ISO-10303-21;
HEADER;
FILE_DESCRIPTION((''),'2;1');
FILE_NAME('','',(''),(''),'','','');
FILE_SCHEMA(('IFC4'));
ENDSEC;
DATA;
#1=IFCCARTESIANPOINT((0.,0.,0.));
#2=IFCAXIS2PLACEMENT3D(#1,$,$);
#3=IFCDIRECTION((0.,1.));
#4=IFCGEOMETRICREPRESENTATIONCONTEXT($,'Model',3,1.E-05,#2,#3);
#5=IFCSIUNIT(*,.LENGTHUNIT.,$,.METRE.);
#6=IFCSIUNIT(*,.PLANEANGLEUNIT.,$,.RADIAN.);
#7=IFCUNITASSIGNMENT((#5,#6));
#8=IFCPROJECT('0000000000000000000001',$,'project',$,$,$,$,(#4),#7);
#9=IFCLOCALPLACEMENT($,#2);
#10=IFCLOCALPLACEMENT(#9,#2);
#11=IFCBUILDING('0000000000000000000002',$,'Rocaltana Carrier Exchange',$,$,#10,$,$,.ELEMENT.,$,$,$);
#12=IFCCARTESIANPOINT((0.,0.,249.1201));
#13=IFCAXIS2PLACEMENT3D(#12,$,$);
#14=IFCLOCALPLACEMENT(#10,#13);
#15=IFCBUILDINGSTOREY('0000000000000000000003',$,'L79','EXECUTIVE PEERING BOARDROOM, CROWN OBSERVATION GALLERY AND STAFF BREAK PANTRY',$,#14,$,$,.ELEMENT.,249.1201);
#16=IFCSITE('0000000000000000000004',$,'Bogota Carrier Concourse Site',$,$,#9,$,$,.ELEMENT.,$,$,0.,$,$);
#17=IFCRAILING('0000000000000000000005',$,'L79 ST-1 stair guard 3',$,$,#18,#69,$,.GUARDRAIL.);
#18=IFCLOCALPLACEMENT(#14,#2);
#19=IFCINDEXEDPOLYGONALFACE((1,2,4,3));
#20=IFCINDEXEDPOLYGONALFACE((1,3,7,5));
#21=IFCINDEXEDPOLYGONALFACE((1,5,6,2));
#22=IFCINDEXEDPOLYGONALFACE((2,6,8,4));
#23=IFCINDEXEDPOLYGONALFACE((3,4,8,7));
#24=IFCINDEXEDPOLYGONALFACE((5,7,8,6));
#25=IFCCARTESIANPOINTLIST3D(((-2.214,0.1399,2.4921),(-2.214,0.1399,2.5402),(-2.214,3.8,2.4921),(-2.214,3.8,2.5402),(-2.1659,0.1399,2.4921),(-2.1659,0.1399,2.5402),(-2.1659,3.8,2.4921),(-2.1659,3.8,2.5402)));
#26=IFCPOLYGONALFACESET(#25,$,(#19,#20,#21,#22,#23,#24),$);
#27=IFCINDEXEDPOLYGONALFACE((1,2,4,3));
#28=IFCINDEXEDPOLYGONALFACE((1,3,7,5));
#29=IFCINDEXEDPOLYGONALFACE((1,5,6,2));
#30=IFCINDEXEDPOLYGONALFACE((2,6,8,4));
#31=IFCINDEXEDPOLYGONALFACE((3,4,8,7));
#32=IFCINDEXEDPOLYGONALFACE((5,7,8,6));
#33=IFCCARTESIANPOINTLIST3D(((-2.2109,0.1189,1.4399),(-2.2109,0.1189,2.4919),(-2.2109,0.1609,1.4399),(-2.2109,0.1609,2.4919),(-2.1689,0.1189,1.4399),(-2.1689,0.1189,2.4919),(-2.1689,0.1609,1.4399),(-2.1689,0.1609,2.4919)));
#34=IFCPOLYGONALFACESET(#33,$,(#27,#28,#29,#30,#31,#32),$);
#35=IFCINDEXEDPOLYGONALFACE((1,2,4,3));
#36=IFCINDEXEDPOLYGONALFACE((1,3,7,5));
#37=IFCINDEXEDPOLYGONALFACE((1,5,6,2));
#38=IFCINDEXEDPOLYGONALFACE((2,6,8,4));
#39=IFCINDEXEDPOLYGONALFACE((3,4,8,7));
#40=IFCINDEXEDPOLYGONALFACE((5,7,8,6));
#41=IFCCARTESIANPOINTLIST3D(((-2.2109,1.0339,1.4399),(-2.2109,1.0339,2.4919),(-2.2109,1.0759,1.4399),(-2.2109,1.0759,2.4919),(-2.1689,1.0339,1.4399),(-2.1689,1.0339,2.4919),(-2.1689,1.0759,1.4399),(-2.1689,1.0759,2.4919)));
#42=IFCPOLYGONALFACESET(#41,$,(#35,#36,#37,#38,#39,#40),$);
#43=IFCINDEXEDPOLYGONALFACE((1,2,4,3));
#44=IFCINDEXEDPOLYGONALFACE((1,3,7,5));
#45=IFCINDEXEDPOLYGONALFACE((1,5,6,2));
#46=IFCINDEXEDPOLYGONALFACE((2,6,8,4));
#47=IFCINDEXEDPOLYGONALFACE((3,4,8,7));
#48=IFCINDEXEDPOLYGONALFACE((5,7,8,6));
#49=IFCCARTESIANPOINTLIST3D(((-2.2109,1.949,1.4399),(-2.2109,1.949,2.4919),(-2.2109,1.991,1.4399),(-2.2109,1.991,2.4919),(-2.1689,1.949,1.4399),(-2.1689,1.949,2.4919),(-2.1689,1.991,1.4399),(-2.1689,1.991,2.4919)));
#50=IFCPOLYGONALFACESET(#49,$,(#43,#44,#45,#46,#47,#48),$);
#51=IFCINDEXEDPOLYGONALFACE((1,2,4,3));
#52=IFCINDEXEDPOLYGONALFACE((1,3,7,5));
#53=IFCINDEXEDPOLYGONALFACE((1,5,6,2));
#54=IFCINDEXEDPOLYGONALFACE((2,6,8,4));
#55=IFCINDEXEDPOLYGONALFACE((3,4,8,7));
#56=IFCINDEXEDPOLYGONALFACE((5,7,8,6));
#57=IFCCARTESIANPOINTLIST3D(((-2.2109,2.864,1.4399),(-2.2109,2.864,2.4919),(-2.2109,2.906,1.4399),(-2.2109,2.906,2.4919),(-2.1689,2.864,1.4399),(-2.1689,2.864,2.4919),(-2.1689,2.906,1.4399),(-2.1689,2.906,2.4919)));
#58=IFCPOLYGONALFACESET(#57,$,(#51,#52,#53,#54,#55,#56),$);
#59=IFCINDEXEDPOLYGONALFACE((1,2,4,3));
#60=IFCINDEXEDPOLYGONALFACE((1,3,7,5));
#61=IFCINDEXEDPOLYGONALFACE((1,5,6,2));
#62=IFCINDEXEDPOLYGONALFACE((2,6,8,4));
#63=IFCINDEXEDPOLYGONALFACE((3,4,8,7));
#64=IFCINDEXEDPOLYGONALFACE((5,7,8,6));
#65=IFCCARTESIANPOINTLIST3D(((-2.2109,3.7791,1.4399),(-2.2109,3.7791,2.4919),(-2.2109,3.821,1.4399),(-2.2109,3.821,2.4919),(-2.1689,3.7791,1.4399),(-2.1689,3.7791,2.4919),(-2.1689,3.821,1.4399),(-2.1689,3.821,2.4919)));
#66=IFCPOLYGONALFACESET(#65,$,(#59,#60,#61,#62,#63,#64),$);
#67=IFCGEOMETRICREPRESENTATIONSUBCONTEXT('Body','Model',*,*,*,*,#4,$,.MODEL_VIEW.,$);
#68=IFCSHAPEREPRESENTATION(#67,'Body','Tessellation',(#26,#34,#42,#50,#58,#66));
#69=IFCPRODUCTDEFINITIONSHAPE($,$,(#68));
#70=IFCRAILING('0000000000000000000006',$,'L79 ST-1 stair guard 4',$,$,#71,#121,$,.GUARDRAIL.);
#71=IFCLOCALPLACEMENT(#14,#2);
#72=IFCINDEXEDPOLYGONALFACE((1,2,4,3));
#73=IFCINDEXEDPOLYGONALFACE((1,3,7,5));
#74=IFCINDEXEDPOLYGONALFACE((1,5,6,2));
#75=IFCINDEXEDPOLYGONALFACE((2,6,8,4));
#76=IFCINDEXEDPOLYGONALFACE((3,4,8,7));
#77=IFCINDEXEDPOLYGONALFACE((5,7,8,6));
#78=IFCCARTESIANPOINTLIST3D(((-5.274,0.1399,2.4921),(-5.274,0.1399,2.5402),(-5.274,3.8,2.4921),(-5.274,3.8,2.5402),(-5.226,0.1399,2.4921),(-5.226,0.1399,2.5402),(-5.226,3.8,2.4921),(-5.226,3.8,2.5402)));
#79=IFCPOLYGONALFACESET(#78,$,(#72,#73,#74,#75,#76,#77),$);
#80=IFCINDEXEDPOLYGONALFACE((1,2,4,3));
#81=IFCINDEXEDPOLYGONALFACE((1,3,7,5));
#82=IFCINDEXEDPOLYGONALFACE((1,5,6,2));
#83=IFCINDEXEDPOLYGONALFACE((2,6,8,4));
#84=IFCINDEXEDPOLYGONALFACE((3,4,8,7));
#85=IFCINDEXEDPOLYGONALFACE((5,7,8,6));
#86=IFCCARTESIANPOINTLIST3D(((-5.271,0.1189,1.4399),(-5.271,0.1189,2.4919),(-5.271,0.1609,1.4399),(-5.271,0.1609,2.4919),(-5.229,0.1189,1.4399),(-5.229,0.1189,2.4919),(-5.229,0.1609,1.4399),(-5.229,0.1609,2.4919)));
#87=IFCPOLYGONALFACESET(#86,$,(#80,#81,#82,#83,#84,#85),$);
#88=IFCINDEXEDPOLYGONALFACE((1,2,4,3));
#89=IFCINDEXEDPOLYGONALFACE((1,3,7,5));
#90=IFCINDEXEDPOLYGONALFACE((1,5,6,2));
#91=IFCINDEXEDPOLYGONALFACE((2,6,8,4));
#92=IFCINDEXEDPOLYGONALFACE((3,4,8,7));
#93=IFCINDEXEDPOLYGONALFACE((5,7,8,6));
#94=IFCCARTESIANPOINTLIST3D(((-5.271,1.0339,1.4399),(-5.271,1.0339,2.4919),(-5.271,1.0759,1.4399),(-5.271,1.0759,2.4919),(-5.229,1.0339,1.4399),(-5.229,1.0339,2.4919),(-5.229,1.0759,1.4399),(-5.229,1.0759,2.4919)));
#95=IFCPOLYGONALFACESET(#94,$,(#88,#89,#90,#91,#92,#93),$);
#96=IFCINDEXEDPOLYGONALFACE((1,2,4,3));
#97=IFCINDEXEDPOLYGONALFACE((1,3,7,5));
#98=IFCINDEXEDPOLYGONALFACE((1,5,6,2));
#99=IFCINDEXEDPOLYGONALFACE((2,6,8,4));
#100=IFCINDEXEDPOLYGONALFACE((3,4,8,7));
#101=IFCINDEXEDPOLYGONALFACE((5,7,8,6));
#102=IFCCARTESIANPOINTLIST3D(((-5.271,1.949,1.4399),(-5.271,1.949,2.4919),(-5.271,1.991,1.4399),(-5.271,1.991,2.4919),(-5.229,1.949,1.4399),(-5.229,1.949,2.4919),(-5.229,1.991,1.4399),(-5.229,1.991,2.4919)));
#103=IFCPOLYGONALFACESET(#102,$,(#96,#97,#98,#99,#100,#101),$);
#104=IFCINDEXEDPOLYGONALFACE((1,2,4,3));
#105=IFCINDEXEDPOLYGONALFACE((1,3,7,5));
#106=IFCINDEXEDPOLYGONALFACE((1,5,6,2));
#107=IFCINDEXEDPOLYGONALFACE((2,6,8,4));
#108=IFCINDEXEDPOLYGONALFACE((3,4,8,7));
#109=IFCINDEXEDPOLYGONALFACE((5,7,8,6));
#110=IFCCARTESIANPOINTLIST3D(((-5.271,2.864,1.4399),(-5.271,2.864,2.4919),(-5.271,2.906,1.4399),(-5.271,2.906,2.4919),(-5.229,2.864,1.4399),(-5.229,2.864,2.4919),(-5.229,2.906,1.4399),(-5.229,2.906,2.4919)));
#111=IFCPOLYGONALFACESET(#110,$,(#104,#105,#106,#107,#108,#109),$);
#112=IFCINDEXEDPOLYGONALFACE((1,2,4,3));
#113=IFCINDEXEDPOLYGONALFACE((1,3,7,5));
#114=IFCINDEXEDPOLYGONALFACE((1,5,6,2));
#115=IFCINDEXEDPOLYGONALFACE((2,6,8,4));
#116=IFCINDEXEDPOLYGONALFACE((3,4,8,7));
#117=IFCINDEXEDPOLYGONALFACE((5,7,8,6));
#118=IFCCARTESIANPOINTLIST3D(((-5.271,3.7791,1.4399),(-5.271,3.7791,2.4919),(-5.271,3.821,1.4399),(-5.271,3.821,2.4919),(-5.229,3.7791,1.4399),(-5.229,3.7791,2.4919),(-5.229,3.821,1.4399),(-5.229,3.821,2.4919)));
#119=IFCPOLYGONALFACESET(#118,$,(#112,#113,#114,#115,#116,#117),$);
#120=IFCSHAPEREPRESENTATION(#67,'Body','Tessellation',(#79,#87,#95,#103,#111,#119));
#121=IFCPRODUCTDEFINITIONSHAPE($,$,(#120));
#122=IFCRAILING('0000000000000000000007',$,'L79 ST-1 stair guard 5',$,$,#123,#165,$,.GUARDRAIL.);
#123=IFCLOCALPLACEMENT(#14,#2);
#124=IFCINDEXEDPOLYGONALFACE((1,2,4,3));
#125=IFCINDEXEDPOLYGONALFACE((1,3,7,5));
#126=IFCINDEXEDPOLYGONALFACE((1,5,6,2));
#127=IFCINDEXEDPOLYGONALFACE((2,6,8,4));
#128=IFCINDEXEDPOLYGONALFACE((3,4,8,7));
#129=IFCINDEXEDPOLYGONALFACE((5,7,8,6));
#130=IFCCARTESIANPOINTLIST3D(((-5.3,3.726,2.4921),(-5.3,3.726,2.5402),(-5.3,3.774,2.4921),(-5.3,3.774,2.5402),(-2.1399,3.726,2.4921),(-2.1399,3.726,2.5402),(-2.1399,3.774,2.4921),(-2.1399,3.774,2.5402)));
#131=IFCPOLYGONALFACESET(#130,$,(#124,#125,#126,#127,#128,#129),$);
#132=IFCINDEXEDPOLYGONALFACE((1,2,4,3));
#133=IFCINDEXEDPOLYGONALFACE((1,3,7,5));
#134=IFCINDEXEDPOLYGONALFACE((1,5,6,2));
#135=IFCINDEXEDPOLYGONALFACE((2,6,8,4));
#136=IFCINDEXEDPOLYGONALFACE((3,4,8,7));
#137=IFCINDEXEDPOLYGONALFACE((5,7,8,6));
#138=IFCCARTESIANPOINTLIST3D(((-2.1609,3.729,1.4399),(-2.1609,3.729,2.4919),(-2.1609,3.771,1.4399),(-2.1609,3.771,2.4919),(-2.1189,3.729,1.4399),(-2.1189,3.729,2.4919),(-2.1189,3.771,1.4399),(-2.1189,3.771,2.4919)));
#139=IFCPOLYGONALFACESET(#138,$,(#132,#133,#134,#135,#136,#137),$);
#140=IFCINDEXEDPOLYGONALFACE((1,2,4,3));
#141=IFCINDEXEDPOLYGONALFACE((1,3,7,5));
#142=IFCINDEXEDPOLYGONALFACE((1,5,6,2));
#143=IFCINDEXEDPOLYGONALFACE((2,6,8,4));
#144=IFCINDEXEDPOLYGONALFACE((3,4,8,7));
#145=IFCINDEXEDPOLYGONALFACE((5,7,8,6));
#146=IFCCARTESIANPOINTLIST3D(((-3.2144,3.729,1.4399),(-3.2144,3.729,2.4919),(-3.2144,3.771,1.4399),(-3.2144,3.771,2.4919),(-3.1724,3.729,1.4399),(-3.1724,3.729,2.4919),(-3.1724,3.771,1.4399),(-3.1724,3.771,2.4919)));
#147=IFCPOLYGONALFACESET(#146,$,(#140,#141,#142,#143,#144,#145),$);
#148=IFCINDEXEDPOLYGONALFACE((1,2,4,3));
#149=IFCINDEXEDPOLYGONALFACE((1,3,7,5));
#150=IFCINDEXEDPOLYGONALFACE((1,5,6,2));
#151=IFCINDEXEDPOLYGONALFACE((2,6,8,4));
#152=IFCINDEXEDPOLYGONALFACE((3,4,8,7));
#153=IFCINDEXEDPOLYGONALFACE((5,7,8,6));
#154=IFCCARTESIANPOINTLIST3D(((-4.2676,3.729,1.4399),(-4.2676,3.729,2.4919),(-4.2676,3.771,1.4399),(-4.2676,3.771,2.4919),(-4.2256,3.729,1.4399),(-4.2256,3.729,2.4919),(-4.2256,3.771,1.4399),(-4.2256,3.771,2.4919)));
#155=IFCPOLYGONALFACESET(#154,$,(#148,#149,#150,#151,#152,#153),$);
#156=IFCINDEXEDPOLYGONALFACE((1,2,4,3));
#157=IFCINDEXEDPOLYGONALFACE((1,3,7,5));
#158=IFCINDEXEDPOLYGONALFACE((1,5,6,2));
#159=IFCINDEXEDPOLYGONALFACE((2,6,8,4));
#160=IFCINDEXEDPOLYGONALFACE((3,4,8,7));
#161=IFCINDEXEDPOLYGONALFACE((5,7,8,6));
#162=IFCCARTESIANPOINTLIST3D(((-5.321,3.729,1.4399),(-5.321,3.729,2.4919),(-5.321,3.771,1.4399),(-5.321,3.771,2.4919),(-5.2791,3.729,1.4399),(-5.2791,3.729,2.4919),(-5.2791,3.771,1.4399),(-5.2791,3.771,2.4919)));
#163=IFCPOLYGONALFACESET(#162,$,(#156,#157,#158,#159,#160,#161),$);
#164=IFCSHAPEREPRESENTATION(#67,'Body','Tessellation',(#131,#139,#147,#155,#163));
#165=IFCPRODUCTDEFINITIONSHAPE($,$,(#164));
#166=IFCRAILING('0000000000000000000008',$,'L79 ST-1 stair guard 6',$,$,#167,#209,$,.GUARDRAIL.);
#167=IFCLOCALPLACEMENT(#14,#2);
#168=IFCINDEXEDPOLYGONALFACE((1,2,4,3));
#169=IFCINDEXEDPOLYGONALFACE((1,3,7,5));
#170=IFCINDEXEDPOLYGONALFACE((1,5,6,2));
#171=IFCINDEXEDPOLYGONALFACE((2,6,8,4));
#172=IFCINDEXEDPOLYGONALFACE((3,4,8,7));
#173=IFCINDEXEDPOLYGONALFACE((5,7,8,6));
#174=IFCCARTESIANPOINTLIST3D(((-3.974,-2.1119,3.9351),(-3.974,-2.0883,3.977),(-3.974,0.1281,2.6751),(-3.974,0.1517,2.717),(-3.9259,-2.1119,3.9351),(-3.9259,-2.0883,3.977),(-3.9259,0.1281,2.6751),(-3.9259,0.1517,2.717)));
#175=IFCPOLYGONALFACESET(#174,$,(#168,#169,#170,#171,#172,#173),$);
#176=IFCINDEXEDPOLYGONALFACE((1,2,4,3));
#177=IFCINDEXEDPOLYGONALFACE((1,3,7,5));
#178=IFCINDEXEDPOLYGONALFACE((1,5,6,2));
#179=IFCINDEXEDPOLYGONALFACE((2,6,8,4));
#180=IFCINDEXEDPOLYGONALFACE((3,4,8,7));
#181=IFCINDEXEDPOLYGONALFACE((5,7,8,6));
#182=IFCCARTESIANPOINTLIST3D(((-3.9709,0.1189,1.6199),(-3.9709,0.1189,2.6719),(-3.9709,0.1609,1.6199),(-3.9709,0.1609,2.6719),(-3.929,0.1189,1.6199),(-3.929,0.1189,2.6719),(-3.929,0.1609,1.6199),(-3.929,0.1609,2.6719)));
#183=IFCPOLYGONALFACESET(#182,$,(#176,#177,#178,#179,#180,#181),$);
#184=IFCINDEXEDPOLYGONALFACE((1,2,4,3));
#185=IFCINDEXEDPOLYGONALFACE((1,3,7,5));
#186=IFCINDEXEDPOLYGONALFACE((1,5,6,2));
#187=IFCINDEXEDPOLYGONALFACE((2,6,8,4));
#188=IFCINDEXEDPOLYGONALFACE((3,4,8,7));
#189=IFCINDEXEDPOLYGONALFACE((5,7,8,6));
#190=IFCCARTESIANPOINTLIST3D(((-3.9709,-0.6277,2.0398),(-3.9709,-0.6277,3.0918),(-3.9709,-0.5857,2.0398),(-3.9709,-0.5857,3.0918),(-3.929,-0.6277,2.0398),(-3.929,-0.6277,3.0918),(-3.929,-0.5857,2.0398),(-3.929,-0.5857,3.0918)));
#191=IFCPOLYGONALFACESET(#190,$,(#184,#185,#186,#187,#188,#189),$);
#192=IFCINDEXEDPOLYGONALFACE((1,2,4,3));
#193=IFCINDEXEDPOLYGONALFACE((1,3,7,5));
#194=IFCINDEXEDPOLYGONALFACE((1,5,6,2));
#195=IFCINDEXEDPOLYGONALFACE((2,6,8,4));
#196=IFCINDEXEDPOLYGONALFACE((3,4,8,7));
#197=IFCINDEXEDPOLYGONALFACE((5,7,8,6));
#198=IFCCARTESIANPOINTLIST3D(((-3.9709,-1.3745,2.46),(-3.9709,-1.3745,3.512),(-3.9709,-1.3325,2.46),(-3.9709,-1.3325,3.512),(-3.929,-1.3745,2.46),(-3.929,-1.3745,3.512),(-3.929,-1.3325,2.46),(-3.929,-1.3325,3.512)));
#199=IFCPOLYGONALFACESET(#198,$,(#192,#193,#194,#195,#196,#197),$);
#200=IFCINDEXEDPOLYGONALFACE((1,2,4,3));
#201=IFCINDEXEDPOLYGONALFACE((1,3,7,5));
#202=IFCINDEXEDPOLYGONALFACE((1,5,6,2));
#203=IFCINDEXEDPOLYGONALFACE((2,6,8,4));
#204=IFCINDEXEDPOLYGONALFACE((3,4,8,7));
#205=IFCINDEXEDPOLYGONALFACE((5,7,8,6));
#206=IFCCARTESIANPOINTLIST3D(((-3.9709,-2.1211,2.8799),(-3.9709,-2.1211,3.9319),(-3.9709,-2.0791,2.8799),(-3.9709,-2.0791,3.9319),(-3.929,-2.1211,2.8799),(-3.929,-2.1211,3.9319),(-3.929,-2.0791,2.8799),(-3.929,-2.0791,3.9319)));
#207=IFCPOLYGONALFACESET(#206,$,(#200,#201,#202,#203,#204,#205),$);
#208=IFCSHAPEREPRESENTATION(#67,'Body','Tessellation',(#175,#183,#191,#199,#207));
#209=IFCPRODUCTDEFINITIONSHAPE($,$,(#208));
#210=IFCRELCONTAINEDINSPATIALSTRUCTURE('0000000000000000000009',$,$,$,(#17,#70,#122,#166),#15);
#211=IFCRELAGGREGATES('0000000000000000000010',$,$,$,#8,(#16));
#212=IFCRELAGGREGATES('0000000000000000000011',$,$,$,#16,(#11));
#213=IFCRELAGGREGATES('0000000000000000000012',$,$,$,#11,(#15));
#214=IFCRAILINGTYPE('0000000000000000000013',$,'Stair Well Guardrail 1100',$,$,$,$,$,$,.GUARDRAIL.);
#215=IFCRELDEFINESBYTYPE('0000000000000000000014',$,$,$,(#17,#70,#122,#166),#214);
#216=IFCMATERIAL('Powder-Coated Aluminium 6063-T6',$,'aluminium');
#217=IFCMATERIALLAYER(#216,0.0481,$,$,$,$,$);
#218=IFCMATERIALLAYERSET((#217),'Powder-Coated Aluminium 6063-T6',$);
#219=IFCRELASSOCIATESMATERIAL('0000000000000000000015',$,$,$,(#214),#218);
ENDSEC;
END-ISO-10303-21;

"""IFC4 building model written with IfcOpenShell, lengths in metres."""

from ifc_helpers import new_model, si_unit, direction, frame, origin, origin_2d, place, context, subcontext, project, spatial, rectangle, extrude, material, layer, layer_set, type_object, element, save


model = new_model("IFC4")

# Units and contexts
model_context = context("Model", 3, precision=1e-05, world=origin(), true_north=direction((0.0, 1.0)))
body_context = subcontext(model_context, "Body", "Model", "MODEL_VIEW")
ifc_project = project(units=[si_unit("LENGTHUNIT", "METRE"), si_unit("PLANEANGLEUNIT", "RADIAN")], contexts=[model_context])

# Site, building, storey
site_placement = place(None, origin())
site = spatial("IfcSite", under=ifc_project, at=site_placement, Name="Bogota Carrier Concourse Site", CompositionType="ELEMENT", RefElevation=0.0)
building_placement = place(site_placement, origin())
building = spatial("IfcBuilding", under=site, at=building_placement, Name="Rocaltana Carrier Exchange", CompositionType="ELEMENT")
storey_placement = place(building_placement, frame((0.0, 0.0, 249.1201)))
storey = spatial("IfcBuildingStorey", under=building, at=storey_placement, Name="L79", Description="EXECUTIVE PEERING BOARDROOM, CROWN OBSERVATION GALLERY AND STAFF BREAK PANTRY", CompositionType="ELEMENT", Elevation=249.1201)

# Railings
ifc_material_1 = material(Name="Powder-Coated Aluminium 6063-T6", Category="aluminium")
ifc_layer_1 = layer(ifc_material_1, 0.0481)
ifc_layer_set_1 = layer_set([ifc_layer_1], Name="Powder-Coated Aluminium 6063-T6")
railing_type_1 = type_object("IfcRailingType", Name="Stair Well Guardrail 1100", PredefinedType="GUARDRAIL", material=ifc_layer_set_1)
for number, where, name in (
    (1, (-2.1899, 0.1399, 1.4399), "L79 ST-1 stair guard 3"),
    (2, (-5.25, 0.1399, 1.4399), "L79 ST-1 stair guard 4"),
):
    element("IfcRailing", number, at=place(storey_placement, frame(where)), inside=storey, type_object=railing_type_1, Name=name, PredefinedType="GUARDRAIL", context=body_context, shape_type="SweptSolid", body=[
        extrude(rectangle(XDim=0.0481, YDim=0.0481, at=origin_2d()), frame((0.0, 0.0, 1.0762), z_axis=(0.0, 1.0, 0.0), x_axis=(-1.0, 0.0, 0.0)), (0.0, 0.0, 1.0), 3.6602),
        extrude(rectangle(XDim=0.042, YDim=0.042, at=origin_2d()), origin(), (0.0, 0.0, 1.0), 1.052),
        extrude(rectangle(XDim=0.042, YDim=0.042, at=origin_2d()), frame((0.0, 0.915, 0.0)), (0.0, 0.0, 1.0), 1.052),
        extrude(rectangle(XDim=0.042, YDim=0.042, at=origin_2d()), frame((0.0, 1.8301, 0.0)), (0.0, 0.0, 1.0), 1.052),
        extrude(rectangle(XDim=0.042, YDim=0.042, at=origin_2d()), frame((0.0, 2.7451, 0.0)), (0.0, 0.0, 1.0), 1.052),
        extrude(rectangle(XDim=0.042, YDim=0.042, at=origin_2d()), frame((0.0, 3.6602, 0.0)), (0.0, 0.0, 1.0), 1.052),
    ])
railing_1_placement = place(storey_placement, frame((-2.1399, 3.75, 1.4399)))
element("IfcRailing", 3, at=railing_1_placement, inside=storey, type_object=railing_type_1, Name="L79 ST-1 stair guard 5", PredefinedType="GUARDRAIL", context=body_context, shape_type="SweptSolid", body=[
    extrude(rectangle(XDim=0.0481, YDim=0.0481, at=origin_2d()), frame((0.0, 0.0, 1.0762), z_axis=(-1.0, 0.0, 0.0), x_axis=(0.0, -1.0, 0.0)), (0.0, 0.0, 1.0), 3.1602),
    extrude(rectangle(XDim=0.042, YDim=0.042, at=origin_2d()), origin(), (0.0, 0.0, 1.0), 1.052),
    extrude(rectangle(XDim=0.042, YDim=0.042, at=origin_2d()), frame((-1.0535, 0.0, 0.0)), (0.0, 0.0, 1.0), 1.052),
    extrude(rectangle(XDim=0.042, YDim=0.042, at=origin_2d()), frame((-2.1067, 0.0, 0.0)), (0.0, 0.0, 1.0), 1.052),
    extrude(rectangle(XDim=0.042, YDim=0.042, at=origin_2d()), frame((-3.1602, 0.0, 0.0)), (0.0, 0.0, 1.0), 1.052),
])
railing_2_placement = place(storey_placement, frame((-3.95, 0.1399, 1.6199)))
element("IfcRailing", 4, at=railing_2_placement, inside=storey, type_object=railing_type_1, Name="L79 ST-1 stair guard 6", PredefinedType="GUARDRAIL", context=body_context, shape_type="SweptSolid", body=[
    extrude(rectangle(XDim=0.0481, YDim=0.0481, at=origin_2d()), frame((0.0, 0.0, 1.0762), z_axis=(0.0, -0.871573, 0.490266), x_axis=(1.0, 0.0, 0.0)), (0.0, 0.0, 1.0), 2.5701),
    extrude(rectangle(XDim=0.042, YDim=0.042, at=origin_2d()), origin(), (0.0, 0.0, 1.0), 1.052),
    extrude(rectangle(XDim=0.042, YDim=0.042, at=origin_2d()), frame((0.0, -0.7466, 0.4199)), (0.0, 0.0, 1.0), 1.052),
    extrude(rectangle(XDim=0.042, YDim=0.042, at=origin_2d()), frame((0.0, -1.4934, 0.8401)), (0.0, 0.0, 1.0), 1.052),
    extrude(rectangle(XDim=0.042, YDim=0.042, at=origin_2d()), frame((0.0, -2.24, 1.26)), (0.0, 0.0, 1.0), 1.052),
])

save(model, "model.ifc")
